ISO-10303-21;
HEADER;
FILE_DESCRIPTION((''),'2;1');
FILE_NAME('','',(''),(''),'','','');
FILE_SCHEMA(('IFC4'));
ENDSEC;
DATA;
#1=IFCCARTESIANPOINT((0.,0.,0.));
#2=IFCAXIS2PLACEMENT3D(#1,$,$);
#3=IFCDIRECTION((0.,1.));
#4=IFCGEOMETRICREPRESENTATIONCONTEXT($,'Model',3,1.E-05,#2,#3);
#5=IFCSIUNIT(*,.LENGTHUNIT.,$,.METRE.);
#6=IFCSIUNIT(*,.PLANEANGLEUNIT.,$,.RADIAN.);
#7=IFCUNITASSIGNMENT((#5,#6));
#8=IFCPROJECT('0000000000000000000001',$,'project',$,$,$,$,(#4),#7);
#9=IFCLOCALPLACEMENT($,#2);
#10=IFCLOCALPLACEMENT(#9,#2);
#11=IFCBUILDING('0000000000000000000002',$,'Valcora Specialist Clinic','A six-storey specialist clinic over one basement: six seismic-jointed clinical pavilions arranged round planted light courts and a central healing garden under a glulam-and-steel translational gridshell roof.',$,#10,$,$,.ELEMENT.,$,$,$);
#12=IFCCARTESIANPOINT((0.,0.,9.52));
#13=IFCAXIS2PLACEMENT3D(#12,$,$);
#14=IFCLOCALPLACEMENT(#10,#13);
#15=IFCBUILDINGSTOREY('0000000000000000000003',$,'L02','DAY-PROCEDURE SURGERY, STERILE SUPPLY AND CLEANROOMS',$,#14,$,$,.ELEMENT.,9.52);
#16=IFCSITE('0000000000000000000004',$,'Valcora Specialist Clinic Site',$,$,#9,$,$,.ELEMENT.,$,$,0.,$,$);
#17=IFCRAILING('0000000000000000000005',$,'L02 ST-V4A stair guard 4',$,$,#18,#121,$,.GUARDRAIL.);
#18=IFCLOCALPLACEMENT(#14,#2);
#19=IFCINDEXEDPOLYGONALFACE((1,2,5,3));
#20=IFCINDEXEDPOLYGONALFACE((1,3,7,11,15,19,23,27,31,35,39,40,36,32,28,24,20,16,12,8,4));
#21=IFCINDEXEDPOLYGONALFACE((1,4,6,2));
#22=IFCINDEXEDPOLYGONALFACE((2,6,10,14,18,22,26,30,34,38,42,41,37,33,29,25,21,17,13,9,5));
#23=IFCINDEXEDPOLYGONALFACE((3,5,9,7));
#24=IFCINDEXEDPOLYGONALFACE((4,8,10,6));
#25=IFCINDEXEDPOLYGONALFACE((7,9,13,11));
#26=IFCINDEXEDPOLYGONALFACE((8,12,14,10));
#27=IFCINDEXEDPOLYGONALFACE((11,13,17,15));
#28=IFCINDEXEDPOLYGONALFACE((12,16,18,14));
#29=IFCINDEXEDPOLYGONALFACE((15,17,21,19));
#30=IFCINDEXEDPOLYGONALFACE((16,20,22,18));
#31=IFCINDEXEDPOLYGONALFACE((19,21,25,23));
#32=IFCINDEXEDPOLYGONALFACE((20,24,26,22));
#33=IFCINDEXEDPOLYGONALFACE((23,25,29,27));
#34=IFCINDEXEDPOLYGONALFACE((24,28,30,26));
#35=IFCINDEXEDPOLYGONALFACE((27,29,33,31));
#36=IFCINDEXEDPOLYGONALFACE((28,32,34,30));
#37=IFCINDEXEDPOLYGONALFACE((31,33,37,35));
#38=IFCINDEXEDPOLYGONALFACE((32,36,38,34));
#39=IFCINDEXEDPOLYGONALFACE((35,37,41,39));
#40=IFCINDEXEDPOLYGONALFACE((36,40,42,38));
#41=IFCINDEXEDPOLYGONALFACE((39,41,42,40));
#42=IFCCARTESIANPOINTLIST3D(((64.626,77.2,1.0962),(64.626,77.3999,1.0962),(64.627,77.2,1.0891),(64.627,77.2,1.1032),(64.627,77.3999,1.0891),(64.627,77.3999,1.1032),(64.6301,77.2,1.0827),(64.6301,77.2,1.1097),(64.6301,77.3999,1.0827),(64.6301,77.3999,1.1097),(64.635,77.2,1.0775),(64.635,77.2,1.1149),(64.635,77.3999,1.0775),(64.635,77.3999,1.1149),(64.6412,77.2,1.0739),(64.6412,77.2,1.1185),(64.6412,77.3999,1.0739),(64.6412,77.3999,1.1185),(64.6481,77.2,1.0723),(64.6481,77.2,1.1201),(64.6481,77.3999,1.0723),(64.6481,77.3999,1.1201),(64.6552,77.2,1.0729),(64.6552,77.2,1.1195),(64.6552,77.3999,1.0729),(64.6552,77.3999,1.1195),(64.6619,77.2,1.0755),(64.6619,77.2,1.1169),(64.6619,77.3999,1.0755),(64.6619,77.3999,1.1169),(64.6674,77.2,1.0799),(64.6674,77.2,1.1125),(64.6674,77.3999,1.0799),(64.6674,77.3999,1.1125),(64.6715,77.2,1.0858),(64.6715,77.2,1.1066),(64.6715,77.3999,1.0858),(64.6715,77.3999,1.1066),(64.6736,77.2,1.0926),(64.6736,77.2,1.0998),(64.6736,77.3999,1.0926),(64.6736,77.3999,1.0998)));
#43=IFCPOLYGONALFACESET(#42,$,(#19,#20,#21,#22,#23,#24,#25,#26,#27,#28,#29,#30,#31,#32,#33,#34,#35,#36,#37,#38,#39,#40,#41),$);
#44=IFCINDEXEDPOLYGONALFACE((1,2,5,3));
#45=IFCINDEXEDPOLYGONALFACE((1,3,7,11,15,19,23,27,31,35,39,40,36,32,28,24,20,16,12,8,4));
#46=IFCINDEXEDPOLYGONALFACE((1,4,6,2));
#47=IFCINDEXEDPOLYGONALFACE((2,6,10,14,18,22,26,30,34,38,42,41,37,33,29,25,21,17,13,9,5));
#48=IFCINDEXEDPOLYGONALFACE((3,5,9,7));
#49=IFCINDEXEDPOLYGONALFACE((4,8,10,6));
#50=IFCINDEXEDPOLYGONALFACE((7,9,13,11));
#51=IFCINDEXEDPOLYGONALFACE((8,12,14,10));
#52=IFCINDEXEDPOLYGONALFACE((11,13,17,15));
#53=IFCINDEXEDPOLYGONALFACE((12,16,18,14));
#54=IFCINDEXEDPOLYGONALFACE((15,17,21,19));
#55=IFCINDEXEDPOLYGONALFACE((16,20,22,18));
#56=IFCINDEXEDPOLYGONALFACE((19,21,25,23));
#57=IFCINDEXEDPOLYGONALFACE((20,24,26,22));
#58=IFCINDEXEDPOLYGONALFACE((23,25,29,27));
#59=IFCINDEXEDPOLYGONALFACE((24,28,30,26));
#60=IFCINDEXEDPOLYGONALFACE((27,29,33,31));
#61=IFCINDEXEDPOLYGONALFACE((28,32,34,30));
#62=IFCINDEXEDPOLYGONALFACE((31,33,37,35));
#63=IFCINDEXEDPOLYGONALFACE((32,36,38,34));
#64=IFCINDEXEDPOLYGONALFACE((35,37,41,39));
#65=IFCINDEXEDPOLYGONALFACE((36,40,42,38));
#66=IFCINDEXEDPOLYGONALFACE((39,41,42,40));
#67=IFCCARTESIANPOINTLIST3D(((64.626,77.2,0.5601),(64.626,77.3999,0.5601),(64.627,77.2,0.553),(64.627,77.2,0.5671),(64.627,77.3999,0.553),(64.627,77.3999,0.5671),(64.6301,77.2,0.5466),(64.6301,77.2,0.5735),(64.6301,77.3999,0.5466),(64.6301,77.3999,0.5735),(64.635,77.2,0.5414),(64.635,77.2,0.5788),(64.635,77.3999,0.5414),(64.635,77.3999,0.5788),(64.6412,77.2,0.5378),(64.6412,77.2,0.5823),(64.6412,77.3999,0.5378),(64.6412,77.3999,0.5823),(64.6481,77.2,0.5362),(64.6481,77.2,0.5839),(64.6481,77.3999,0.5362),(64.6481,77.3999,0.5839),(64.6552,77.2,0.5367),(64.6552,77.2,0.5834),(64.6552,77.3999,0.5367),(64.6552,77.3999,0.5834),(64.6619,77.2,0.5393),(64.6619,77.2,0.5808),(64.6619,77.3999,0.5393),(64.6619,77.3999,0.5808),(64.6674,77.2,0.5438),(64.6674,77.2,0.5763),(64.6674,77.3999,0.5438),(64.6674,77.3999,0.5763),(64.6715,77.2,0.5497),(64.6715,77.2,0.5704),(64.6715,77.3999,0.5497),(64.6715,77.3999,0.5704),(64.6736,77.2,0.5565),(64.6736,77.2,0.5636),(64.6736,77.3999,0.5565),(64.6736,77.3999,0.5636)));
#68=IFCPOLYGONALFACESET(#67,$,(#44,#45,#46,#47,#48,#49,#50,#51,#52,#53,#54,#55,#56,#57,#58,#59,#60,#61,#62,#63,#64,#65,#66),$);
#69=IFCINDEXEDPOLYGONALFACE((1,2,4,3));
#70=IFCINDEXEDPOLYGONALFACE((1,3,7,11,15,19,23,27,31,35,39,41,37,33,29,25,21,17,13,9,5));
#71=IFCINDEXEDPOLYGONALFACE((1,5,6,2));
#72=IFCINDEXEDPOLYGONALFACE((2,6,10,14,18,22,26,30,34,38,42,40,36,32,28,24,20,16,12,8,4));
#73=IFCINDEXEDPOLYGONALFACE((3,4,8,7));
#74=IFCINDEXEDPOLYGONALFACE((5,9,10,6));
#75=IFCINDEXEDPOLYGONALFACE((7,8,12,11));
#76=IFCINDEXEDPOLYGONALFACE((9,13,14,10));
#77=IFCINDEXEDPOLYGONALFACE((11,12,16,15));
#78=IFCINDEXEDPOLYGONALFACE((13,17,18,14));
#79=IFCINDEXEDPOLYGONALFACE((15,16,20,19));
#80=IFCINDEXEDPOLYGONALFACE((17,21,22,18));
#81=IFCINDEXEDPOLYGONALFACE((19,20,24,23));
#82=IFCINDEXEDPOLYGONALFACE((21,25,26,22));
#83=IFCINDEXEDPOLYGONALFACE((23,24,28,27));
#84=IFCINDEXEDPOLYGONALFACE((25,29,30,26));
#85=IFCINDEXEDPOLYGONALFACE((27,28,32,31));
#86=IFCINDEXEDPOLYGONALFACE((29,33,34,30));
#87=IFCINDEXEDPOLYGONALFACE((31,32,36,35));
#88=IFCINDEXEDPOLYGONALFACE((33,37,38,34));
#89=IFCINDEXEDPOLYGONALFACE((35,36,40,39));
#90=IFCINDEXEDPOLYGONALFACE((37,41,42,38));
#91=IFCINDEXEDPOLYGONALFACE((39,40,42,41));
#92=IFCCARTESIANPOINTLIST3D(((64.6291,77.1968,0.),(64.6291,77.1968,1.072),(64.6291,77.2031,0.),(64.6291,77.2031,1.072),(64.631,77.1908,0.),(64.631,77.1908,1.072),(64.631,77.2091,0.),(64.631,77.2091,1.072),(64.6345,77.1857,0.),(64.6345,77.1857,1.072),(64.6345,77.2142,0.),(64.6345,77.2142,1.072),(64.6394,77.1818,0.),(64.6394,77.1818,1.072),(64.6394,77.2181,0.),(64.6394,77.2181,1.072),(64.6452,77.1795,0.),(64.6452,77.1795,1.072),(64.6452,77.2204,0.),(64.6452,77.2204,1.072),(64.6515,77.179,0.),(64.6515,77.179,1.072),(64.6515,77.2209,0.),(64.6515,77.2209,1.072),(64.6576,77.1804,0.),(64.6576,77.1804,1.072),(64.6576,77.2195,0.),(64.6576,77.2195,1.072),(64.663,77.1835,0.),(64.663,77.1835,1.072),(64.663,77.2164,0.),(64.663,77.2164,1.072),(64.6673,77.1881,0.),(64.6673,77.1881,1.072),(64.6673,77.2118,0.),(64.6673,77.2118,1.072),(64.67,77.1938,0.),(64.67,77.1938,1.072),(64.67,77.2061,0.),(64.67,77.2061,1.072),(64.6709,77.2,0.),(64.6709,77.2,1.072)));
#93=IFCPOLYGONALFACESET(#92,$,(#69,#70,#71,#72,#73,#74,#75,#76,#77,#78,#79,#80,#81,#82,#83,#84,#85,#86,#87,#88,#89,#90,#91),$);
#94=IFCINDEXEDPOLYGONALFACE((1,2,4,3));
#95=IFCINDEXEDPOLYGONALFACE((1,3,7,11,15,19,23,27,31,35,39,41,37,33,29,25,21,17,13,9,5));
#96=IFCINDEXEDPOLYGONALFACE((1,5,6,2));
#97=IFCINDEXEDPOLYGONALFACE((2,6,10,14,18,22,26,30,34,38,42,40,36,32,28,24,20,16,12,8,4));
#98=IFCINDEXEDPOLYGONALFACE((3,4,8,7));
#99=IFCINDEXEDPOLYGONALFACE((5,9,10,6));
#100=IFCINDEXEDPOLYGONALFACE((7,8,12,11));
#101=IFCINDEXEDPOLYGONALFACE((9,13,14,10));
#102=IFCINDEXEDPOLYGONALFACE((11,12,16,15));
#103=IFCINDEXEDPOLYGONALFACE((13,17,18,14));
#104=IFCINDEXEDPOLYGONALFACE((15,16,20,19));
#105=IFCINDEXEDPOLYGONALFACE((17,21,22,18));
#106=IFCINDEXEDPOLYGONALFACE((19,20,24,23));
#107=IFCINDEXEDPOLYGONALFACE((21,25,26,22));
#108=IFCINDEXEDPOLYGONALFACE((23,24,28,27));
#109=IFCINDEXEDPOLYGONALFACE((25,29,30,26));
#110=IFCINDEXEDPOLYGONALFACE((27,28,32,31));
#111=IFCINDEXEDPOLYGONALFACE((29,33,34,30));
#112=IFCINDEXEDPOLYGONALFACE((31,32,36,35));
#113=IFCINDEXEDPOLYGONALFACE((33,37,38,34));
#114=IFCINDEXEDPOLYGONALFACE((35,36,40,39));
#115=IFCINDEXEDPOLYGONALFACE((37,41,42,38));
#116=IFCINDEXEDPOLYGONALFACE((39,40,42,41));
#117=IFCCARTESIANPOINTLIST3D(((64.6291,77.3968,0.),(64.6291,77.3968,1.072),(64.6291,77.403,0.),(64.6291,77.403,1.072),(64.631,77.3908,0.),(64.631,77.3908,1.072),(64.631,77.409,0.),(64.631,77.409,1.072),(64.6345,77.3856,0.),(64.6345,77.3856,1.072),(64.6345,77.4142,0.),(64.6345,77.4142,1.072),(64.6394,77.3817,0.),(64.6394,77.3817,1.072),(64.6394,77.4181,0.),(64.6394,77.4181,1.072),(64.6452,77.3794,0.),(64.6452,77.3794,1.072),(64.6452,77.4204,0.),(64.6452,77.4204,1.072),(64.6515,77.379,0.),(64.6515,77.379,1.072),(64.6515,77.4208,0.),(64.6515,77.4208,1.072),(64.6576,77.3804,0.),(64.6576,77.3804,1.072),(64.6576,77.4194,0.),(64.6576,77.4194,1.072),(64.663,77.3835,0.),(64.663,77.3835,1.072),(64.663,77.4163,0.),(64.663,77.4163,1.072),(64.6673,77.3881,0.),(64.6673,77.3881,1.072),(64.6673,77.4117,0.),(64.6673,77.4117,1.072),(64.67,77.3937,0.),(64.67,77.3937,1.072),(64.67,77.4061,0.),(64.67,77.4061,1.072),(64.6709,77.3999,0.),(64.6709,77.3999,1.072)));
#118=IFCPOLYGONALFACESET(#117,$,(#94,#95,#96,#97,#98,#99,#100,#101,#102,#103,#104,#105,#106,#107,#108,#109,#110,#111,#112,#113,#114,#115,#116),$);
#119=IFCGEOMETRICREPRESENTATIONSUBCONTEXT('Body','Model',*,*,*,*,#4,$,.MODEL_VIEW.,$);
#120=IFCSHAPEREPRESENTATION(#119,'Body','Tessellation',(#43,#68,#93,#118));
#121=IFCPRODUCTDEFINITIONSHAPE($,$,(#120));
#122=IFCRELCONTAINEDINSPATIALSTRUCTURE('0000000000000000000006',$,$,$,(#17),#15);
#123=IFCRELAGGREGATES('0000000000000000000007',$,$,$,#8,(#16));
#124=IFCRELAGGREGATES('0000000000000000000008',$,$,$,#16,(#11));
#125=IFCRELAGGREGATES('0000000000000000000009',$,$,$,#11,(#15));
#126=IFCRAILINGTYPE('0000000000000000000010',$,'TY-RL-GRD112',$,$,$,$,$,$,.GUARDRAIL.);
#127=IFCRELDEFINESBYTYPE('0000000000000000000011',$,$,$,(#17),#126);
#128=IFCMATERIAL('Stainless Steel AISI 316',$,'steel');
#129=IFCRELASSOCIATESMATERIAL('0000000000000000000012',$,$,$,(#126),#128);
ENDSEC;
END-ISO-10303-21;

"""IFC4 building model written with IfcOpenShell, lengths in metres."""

from ifc_helpers import new_model, si_unit, direction, frame, origin, origin_2d, place, context, subcontext, project, spatial, circle, extrude, material, type_object, element, save


model = new_model("IFC4")

# Units and contexts
model_context = context("Model", 3, precision=1e-05, world=origin(), true_north=direction((0.0, 1.0)))
body_context = subcontext(model_context, "Body", "Model", "MODEL_VIEW")
ifc_project = project(units=[si_unit("LENGTHUNIT", "METRE"), si_unit("PLANEANGLEUNIT", "RADIAN")], contexts=[model_context])

# Site, building, storey
site_placement = place(None, origin())
site = spatial("IfcSite", under=ifc_project, at=site_placement, Name="Valcora Specialist Clinic Site", CompositionType="ELEMENT", RefElevation=0.0)
building_placement = place(site_placement, origin())
building = spatial("IfcBuilding", under=site, at=building_placement, Name="Valcora Specialist Clinic", Description="A six-storey specialist clinic over one basement: six seismic-jointed clinical pavilions arranged round planted light courts and a central healing garden under a glulam-and-steel translational gridshell roof.", CompositionType="ELEMENT")
storey_placement = place(building_placement, frame((0.0, 0.0, 9.52)))
storey = spatial("IfcBuildingStorey", under=building, at=storey_placement, Name="L02", Description="DAY-PROCEDURE SURGERY, STERILE SUPPLY AND CLEANROOMS", CompositionType="ELEMENT", Elevation=9.52)

# Railing
ifc_material_1 = material(Name="Stainless Steel AISI 316", Category="steel")
railing_type_1 = type_object("IfcRailingType", Name="TY-RL-GRD112", PredefinedType="GUARDRAIL", material=ifc_material_1)
railing_1_placement = place(storey_placement, frame((64.6499, 77.2, 0.0)))
element("IfcRailing", 1, at=railing_1_placement, inside=storey, type_object=railing_type_1, Name="L02 ST-V4A stair guard 4", PredefinedType="GUARDRAIL", context=body_context, shape_type="SweptSolid", body=[
    extrude(circle(Radius=0.0239, at=origin_2d()), frame((0.0, 0.0, 1.0962), z_axis=(0.0, 1.0, 0.0), x_axis=(-1.0, 0.0, 0.0)), (0.0, 0.0, 1.0), 0.2),
    extrude(circle(Radius=0.0239, at=origin_2d()), frame((0.0, 0.0, 0.5601), z_axis=(0.0, 1.0, 0.0), x_axis=(-1.0, 0.0, 0.0)), (0.0, 0.0, 1.0), 0.2),
    extrude(circle(Radius=0.021, at=origin_2d()), origin(), (0.0, 0.0, 1.0), 1.072),
    extrude(circle(Radius=0.021, at=origin_2d()), frame((0.0, 0.2, 0.0)), (0.0, 0.0, 1.0), 1.072),
])

save(model, "model.ifc")
